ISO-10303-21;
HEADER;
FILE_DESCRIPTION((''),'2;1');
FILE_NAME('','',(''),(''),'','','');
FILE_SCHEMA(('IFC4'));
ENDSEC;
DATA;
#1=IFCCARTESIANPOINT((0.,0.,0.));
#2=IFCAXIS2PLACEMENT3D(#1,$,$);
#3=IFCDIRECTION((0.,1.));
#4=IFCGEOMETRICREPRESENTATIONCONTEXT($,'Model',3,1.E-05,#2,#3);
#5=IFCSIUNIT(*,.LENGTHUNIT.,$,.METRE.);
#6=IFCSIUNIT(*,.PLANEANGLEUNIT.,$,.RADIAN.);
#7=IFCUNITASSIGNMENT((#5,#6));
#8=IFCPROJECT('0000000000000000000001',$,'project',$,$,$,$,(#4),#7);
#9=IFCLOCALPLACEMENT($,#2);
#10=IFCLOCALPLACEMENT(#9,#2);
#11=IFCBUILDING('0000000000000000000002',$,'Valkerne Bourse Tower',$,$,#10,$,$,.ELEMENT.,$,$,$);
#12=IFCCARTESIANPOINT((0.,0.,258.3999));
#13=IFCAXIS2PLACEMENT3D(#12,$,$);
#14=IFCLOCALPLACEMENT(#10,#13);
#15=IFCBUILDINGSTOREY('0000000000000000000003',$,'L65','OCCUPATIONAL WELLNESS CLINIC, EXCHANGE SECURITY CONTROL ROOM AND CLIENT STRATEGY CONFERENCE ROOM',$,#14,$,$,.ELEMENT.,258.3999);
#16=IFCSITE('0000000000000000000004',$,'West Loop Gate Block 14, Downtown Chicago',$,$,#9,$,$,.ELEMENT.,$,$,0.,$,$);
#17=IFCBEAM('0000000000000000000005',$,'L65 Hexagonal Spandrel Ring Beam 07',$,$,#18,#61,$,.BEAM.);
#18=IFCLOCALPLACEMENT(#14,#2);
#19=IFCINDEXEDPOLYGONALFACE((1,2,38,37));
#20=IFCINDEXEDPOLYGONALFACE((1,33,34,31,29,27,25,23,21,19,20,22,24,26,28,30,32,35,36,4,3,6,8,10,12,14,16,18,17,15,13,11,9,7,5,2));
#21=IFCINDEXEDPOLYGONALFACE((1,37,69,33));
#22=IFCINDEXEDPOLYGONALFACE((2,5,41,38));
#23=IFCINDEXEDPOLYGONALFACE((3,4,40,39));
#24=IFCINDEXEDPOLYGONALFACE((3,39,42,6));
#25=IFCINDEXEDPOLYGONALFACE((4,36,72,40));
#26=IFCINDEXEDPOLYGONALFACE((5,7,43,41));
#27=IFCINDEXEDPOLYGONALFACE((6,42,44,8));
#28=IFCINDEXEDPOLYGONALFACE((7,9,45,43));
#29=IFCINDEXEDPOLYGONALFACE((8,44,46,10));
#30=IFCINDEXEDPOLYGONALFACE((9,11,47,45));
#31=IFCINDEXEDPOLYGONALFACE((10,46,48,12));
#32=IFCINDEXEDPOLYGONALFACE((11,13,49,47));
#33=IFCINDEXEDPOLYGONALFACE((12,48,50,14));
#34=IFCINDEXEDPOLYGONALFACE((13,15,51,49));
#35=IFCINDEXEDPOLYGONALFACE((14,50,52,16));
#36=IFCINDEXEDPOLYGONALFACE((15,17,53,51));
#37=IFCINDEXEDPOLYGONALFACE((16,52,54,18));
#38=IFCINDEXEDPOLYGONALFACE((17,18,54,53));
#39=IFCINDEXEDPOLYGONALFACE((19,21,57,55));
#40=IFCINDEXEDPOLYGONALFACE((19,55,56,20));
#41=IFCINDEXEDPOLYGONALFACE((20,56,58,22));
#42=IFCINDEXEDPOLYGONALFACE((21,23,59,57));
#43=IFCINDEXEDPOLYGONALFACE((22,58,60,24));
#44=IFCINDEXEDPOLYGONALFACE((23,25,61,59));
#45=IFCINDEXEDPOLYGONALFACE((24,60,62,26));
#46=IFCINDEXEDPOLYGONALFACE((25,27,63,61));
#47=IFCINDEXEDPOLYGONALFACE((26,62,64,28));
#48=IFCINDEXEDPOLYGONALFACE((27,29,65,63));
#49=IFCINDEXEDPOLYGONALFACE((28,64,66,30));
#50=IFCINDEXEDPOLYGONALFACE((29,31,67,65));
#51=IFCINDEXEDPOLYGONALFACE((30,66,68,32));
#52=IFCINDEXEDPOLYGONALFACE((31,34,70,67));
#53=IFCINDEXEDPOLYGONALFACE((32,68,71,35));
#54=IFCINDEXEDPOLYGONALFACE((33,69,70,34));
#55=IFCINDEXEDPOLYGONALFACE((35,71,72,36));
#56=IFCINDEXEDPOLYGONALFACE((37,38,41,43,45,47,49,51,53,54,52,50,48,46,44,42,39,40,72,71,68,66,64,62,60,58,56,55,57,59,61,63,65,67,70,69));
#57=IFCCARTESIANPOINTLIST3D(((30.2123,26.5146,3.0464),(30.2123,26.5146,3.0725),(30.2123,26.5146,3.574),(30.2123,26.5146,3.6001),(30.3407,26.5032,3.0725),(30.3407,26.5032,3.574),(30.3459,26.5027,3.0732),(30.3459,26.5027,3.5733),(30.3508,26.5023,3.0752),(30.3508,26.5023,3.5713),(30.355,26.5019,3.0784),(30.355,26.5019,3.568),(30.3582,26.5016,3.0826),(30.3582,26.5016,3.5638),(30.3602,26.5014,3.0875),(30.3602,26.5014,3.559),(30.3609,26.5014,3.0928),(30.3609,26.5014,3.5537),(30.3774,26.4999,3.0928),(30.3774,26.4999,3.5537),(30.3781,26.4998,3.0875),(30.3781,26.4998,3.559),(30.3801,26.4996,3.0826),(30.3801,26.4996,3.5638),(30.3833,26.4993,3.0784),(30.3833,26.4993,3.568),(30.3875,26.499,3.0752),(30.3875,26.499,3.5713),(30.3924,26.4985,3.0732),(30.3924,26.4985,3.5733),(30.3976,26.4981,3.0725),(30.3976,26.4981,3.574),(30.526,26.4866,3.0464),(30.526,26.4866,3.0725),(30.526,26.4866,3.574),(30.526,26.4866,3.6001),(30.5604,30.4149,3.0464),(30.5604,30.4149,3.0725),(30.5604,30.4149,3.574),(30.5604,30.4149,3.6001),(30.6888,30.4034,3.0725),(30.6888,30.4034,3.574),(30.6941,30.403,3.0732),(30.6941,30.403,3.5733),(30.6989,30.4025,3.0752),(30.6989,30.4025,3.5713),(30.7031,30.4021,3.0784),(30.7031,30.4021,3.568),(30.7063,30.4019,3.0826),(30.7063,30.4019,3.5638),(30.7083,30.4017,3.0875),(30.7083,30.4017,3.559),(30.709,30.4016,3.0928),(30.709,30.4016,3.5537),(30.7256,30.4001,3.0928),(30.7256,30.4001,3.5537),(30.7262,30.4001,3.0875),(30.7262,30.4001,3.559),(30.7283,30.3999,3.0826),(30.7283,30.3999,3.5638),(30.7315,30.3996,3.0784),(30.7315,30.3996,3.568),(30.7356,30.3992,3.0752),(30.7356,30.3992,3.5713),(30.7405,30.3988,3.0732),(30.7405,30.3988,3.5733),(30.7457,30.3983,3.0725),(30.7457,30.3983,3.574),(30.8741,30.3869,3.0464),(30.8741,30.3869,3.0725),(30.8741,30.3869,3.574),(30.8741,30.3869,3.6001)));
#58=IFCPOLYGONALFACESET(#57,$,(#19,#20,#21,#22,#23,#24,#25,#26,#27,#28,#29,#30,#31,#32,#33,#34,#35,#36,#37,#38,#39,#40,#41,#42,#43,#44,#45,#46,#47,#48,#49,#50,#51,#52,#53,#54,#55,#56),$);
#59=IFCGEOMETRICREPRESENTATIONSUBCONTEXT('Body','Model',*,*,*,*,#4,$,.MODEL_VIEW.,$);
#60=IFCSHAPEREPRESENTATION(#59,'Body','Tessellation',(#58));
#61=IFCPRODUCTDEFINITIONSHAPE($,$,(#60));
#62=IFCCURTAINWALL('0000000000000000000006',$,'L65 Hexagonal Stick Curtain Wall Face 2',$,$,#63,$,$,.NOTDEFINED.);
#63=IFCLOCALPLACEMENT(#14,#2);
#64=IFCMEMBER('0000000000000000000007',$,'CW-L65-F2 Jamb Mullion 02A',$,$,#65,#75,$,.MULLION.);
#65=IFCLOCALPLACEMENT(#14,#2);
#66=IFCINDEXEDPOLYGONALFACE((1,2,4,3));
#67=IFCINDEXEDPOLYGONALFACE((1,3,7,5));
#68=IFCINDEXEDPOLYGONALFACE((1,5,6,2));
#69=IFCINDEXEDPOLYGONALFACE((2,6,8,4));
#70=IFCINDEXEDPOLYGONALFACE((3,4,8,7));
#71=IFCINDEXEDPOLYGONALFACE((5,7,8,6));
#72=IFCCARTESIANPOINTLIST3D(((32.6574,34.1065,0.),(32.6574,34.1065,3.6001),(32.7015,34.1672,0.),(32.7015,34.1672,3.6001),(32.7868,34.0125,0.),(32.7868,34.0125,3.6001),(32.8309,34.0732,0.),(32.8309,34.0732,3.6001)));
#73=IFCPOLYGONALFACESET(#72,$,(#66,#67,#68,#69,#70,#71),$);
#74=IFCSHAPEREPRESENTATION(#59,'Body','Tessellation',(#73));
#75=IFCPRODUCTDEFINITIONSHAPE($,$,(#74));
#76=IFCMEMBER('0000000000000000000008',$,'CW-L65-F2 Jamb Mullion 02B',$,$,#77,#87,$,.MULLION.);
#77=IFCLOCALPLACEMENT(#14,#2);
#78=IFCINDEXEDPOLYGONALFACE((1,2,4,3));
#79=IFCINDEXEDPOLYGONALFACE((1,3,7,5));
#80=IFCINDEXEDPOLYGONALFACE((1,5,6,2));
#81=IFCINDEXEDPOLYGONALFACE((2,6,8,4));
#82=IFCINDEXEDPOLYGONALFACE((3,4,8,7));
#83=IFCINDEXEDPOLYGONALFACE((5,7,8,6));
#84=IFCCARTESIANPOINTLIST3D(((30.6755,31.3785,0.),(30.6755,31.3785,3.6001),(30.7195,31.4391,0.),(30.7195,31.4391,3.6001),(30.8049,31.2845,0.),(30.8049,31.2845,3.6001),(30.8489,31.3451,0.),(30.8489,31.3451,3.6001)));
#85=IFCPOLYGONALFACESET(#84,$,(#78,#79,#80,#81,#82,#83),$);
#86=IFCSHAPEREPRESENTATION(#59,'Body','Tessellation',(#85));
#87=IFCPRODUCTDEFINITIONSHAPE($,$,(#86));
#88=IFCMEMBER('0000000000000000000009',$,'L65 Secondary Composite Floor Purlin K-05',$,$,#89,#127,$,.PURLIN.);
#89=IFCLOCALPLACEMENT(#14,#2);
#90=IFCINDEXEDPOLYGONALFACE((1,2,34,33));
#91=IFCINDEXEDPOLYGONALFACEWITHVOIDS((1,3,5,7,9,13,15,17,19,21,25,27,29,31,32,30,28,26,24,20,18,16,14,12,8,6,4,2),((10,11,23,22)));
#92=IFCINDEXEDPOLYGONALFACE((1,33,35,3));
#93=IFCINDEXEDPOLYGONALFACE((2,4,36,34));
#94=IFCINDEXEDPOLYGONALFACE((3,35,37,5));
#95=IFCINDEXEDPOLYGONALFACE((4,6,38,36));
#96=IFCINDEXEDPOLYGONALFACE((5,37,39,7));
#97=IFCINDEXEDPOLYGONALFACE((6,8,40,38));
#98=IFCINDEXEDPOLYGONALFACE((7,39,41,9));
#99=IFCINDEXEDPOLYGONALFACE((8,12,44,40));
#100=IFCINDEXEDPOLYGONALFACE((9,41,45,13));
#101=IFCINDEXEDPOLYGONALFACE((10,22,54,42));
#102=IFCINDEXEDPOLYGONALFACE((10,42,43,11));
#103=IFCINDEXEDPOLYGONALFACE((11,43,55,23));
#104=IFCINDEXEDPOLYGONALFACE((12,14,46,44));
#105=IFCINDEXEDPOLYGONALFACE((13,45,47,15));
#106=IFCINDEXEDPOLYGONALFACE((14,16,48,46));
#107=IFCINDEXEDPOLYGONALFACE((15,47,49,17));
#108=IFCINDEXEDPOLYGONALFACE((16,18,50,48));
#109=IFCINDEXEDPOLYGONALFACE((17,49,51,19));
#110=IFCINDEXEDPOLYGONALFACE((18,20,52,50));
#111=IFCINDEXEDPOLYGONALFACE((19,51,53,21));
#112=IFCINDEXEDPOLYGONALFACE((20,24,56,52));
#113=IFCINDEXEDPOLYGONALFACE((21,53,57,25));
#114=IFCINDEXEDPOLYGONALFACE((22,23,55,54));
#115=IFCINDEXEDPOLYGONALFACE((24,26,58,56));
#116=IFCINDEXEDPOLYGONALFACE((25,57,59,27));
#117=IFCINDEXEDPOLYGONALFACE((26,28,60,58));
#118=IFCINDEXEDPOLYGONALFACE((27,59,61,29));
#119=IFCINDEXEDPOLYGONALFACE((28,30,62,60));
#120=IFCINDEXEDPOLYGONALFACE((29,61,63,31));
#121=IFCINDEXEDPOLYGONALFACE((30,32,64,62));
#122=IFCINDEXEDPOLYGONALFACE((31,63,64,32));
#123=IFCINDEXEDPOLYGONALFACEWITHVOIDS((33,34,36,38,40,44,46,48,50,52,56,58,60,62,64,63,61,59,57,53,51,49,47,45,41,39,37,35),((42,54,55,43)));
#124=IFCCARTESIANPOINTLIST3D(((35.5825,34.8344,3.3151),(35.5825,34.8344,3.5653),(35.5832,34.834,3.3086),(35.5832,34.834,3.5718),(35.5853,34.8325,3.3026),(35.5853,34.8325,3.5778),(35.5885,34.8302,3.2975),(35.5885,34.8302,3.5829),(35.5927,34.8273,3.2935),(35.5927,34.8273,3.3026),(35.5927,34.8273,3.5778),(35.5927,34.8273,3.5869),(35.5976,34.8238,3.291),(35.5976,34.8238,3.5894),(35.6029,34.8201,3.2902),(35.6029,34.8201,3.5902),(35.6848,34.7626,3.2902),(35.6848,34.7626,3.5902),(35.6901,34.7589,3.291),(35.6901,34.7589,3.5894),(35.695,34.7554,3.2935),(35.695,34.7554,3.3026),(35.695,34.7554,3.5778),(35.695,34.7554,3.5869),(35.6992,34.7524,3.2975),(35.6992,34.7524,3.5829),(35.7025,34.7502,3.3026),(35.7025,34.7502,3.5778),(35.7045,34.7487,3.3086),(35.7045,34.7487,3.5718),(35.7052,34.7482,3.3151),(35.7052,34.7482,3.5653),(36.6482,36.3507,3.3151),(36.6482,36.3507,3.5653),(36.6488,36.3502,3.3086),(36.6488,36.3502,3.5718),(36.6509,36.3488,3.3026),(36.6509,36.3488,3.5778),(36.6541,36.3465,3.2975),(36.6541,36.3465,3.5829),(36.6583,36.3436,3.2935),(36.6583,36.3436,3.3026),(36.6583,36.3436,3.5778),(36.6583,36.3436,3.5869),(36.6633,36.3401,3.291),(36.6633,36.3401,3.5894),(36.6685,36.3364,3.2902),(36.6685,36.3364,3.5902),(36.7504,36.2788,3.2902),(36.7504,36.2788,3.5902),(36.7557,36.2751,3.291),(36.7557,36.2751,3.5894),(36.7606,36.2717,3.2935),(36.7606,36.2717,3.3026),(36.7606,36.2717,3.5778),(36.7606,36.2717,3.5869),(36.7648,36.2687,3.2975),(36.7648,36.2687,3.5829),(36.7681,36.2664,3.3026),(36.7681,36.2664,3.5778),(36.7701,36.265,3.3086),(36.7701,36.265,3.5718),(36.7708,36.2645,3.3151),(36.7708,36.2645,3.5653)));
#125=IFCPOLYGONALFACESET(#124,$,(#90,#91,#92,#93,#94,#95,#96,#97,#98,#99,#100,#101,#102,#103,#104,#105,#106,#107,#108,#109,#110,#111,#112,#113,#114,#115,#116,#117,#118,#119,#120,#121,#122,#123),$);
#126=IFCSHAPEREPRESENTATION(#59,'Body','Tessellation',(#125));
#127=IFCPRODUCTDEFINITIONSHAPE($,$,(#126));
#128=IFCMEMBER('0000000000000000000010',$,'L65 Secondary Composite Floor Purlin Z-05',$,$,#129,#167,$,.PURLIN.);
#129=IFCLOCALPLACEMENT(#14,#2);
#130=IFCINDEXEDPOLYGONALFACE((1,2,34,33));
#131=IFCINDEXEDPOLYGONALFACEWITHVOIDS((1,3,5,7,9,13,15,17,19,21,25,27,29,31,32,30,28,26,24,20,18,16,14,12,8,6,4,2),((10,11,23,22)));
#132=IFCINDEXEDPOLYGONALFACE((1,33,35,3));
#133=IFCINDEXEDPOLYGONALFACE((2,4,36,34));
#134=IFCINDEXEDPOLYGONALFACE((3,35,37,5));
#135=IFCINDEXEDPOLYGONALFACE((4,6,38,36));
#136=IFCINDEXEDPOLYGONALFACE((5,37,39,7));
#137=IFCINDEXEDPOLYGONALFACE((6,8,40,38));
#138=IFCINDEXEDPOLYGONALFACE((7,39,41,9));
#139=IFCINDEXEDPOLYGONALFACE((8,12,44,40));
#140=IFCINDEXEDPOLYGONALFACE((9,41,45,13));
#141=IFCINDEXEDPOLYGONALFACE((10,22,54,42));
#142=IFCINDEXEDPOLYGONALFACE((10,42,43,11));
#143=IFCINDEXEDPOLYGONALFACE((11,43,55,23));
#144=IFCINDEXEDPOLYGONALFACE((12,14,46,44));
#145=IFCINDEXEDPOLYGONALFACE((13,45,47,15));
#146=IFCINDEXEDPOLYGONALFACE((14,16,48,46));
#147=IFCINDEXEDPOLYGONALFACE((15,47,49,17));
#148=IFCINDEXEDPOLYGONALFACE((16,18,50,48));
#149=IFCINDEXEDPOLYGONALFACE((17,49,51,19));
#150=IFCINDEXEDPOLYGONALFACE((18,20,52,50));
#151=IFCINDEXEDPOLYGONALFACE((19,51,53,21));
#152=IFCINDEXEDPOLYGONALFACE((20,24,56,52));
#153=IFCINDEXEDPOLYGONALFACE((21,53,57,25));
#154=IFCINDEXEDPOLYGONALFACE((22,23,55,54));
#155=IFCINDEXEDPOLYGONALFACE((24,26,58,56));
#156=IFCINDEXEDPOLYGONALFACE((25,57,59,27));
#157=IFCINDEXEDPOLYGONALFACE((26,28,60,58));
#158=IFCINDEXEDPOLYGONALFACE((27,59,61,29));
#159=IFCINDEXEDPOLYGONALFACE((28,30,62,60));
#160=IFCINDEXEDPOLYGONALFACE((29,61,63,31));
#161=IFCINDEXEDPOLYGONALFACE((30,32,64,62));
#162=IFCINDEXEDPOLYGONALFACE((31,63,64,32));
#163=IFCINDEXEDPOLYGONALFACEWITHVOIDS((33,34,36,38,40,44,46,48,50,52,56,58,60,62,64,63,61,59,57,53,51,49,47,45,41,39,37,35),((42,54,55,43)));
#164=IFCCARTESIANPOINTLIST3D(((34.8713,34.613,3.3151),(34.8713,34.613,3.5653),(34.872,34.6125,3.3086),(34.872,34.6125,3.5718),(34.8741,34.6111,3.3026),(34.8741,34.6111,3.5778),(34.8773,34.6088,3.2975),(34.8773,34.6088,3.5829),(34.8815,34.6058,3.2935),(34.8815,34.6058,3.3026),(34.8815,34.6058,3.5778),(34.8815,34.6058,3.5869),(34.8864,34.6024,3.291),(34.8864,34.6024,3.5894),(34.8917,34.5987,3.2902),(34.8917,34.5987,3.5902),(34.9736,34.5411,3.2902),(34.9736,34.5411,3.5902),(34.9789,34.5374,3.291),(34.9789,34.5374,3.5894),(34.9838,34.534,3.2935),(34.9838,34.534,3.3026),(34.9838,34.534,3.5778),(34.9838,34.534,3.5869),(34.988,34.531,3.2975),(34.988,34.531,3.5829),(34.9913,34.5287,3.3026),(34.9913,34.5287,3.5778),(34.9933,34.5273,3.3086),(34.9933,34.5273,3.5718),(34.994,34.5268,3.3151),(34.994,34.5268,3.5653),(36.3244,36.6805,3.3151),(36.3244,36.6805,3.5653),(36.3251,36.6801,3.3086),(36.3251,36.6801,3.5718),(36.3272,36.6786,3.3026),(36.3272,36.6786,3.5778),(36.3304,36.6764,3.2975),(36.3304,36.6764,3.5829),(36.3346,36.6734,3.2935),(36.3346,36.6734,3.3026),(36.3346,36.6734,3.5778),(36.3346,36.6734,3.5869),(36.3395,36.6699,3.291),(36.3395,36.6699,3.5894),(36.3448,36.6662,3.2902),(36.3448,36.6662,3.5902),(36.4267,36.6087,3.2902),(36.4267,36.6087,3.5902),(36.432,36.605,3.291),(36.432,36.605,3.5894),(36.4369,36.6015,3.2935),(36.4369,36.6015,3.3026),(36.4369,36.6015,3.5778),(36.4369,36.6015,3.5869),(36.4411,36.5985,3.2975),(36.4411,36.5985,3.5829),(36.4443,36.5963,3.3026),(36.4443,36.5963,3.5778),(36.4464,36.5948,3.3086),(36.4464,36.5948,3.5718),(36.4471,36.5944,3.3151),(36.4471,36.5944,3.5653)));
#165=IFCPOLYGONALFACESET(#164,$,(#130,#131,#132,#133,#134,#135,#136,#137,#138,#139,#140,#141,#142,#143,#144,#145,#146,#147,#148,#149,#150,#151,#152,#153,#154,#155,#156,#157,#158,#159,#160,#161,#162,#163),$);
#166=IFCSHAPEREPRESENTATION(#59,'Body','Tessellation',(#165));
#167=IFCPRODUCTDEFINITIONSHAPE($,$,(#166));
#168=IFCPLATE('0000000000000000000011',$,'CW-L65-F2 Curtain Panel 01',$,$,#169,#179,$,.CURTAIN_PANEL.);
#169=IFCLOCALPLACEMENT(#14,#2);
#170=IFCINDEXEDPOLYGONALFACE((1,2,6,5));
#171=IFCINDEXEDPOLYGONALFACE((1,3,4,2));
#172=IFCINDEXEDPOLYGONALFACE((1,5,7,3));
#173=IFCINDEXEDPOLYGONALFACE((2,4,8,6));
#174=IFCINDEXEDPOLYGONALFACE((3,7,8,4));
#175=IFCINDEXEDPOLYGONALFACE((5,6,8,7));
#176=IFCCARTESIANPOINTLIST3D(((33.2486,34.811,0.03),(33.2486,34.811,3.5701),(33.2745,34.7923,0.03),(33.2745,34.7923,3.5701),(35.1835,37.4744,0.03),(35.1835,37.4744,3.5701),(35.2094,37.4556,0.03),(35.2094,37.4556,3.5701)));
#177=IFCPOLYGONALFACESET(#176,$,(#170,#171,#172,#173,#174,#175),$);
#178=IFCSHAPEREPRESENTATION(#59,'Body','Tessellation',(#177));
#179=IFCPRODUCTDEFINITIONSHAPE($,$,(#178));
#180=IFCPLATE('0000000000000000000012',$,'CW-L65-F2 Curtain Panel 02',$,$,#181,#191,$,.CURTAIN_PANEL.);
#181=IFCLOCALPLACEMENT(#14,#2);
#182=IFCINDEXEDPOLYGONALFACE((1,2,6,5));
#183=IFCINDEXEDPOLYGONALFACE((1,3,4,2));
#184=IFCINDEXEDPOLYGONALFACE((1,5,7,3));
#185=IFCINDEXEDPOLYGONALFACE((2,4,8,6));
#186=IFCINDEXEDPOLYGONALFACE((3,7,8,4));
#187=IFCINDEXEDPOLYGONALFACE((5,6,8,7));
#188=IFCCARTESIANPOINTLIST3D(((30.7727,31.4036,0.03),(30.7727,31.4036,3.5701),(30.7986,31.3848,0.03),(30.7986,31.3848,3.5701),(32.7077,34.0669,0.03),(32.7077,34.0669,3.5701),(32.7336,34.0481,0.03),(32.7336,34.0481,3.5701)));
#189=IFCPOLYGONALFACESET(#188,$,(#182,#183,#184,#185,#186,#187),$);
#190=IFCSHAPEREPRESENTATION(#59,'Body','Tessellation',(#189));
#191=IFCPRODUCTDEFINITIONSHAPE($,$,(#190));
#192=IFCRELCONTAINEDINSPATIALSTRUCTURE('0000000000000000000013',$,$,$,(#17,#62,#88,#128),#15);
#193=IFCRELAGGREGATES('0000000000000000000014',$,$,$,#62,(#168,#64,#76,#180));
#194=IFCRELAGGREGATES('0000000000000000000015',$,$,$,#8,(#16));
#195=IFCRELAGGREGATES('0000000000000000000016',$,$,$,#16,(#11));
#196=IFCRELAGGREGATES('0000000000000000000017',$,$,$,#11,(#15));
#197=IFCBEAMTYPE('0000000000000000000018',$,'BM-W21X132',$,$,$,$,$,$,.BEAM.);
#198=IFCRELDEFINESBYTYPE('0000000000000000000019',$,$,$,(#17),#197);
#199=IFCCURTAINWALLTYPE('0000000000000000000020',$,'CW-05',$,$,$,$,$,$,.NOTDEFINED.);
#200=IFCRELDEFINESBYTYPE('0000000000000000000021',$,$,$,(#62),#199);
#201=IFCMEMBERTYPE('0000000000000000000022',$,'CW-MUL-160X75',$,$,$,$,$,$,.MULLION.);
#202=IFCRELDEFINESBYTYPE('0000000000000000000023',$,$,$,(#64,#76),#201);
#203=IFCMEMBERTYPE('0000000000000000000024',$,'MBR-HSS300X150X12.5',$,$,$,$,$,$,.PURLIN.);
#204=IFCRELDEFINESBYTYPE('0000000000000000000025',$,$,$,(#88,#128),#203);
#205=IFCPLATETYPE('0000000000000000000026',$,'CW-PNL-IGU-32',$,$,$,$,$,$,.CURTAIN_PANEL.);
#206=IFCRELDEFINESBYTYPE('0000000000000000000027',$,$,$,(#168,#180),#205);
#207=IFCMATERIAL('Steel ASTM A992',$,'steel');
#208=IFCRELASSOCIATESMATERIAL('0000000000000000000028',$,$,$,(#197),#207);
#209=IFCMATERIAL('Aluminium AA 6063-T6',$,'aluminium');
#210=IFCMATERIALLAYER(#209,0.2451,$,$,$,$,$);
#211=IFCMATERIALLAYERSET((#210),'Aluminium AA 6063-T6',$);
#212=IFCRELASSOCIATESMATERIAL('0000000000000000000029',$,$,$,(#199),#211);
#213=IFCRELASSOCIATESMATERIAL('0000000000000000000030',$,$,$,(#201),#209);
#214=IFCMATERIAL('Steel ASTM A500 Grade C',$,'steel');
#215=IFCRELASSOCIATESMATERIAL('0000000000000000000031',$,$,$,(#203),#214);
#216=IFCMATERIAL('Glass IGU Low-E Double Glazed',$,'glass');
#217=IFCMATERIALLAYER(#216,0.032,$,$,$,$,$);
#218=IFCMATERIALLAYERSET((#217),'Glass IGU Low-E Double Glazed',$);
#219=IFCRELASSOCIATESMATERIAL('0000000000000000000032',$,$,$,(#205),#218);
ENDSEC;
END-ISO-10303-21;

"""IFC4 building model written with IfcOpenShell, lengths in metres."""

from ifc_helpers import new_model, si_unit, direction, frame, origin, origin_2d, place, context, subcontext, project, spatial, rectangle, hollow_rectangle, i_section, extrude, material, layer, layer_set, material_profile, profile_set, type_object, element, aggregate, save


model = new_model("IFC4")

# Units and contexts
model_context = context("Model", 3, precision=1e-05, world=origin(), true_north=direction((0.0, 1.0)))
body_context = subcontext(model_context, "Body", "Model", "MODEL_VIEW")
ifc_project = project(units=[si_unit("LENGTHUNIT", "METRE"), si_unit("PLANEANGLEUNIT", "RADIAN")], contexts=[model_context])

# Site, building, storey
site_placement = place(None, origin())
site = spatial("IfcSite", under=ifc_project, at=site_placement, Name="West Loop Gate Block 14, Downtown Chicago", CompositionType="ELEMENT", RefElevation=0.0)
building_placement = place(site_placement, origin())
building = spatial("IfcBuilding", under=site, at=building_placement, Name="Valkerne Bourse Tower", CompositionType="ELEMENT")
storey_placement = place(building_placement, frame((0.0, 0.0, 258.3999)))
storey = spatial("IfcBuildingStorey", under=building, at=storey_placement, Name="L65", Description="OCCUPATIONAL WELLNESS CLINIC, EXCHANGE SECURITY CONTROL ROOM AND CLIENT STRATEGY CONFERENCE ROOM", CompositionType="ELEMENT", Elevation=258.3999)

# Beam
ifc_material_1 = material(Name="Steel ASTM A992", Category="steel")
ifc_material_profile_1 = material_profile(ifc_material_1, i_section(OverallWidth=0.3149, OverallDepth=0.5537, WebThickness=0.0166, FlangeThickness=0.0261, FilletRadius=0.0203, at=origin_2d()), Name="W21X132")
ifc_profile_set_1 = profile_set([ifc_material_profile_1], Name="Steel ASTM A992")
beam_type_1 = type_object("IfcBeamType", Name="BM-W21X132", PredefinedType="BEAM", material=ifc_profile_set_1)
beam_1_placement = place(storey_placement, frame((30.7173, 30.4009, 3.3232), z_axis=(-0.088911, -0.99604, 0.0), x_axis=(0.99604, -0.088911, 0.0)))
element("IfcBeam", 1, at=beam_1_placement, inside=storey, type_object=beam_type_1, Name="L65 Hexagonal Spandrel Ring Beam 07", PredefinedType="BEAM", context=body_context, shape_type="SweptSolid", body=[
    extrude(i_section(OverallWidth=0.3149, OverallDepth=0.5537, WebThickness=0.0166, FlangeThickness=0.0261, FilletRadius=0.0203, at=origin_2d()), origin(), (0.0, 0.0, 1.0), 3.9158),
])

# Curtain wall, members
ifc_material_2 = material(Name="Aluminium AA 6063-T6", Category="aluminium")
ifc_layer_1 = layer(ifc_material_2, 0.2451)
ifc_layer_set_1 = layer_set([ifc_layer_1], Name="Aluminium AA 6063-T6")
curtain_wall_type = type_object("IfcCurtainWallType", Name="CW-05", PredefinedType="NOTDEFINED", material=ifc_layer_set_1)
curtain_wall_placement = place(storey_placement, origin())
curtain_wall = element("IfcCurtainWall", 2, at=curtain_wall_placement, inside=storey, type_object=curtain_wall_type, Name="L65 Hexagonal Stick Curtain Wall Face 2", PredefinedType="NOTDEFINED")
ifc_material_profile_2 = material_profile(ifc_material_2, rectangle(XDim=0.075, YDim=0.1599, at=origin_2d()), Name="CWM-75X160")
ifc_profile_set_2 = profile_set([ifc_material_profile_2], Name="Aluminium AA 6063-T6")
member_type_1 = type_object("IfcMemberType", Name="CW-MUL-160X75", PredefinedType="MULLION", material=ifc_profile_set_2)
member_1_placement = place(storey_placement, frame((32.7441, 34.0898, 0.0), z_axis=(0.0, 0.0, 1.0), x_axis=(-0.58779, -0.809013, 0.0)))
member_1 = element("IfcMember", 3, at=member_1_placement, type_object=member_type_1, Name="CW-L65-F2 Jamb Mullion 02A", PredefinedType="MULLION", context=body_context, shape_type="SweptSolid", body=[
    extrude(rectangle(XDim=0.075, YDim=0.1599, at=origin_2d()), origin(), (0.0, 0.0, 1.0), 3.6001),
])
member_2_placement = place(storey_placement, frame((30.7622, 31.3618, 0.0), z_axis=(0.0, 0.0, 1.0), x_axis=(-0.58779, -0.809013, 0.0)))
member_2 = element("IfcMember", 4, at=member_2_placement, type_object=member_type_1, Name="CW-L65-F2 Jamb Mullion 02B", PredefinedType="MULLION", context=body_context, shape_type="SweptSolid", body=[
    extrude(rectangle(XDim=0.075, YDim=0.1599, at=origin_2d()), origin(), (0.0, 0.0, 1.0), 3.6001),
])

# Members
ifc_material_3 = material(Name="Steel ASTM A500 Grade C", Category="steel")
ifc_material_profile_3 = material_profile(ifc_material_3, hollow_rectangle(XDim=0.1499, YDim=0.3, WallThickness=0.0125, OuterFilletRadius=0.0249, at=origin_2d()), Name="HSS300X150X12.5")
ifc_profile_set_3 = profile_set([ifc_material_profile_3], Name="Steel ASTM A500 Grade C")
member_type_2 = type_object("IfcMemberType", Name="MBR-HSS300X150X12.5", PredefinedType="PURLIN", material=ifc_profile_set_3)
member_3_placement = place(storey_placement, frame((36.7095, 36.3076, 3.4402), z_axis=(-0.574991, -0.81816, 0.0), x_axis=(0.81816, -0.574991, 0.0)))
element("IfcMember", 5, at=member_3_placement, inside=storey, type_object=member_type_2, Name="L65 Secondary Composite Floor Purlin K-05", PredefinedType="PURLIN", context=body_context, shape_type="SweptSolid", body=[
    extrude(hollow_rectangle(XDim=0.1499, YDim=0.3, WallThickness=0.0125, OuterFilletRadius=0.0249, at=origin_2d()), origin(), (0.0, 0.0, 1.0), 1.8533),
])
member_4_placement = place(storey_placement, frame((36.3857, 36.6375, 3.4402), z_axis=(-0.574998, -0.818155, 0.0), x_axis=(0.818155, -0.574998, 0.0)))
element("IfcMember", 6, at=member_4_placement, inside=storey, type_object=member_type_2, Name="L65 Secondary Composite Floor Purlin Z-05", PredefinedType="PURLIN", context=body_context, shape_type="SweptSolid", body=[
    extrude(hollow_rectangle(XDim=0.1499, YDim=0.3, WallThickness=0.0125, OuterFilletRadius=0.0249, at=origin_2d()), origin(), (0.0, 0.0, 1.0), 2.5271),
])

# Plates
ifc_material_4 = material(Name="Glass IGU Low-E Double Glazed", Category="glass")
ifc_layer_2 = layer(ifc_material_4, 0.032)
ifc_layer_set_2 = layer_set([ifc_layer_2], Name="Glass IGU Low-E Double Glazed")
plate_type = type_object("IfcPlateType", Name="CW-PNL-IGU-32", PredefinedType="CURTAIN_PANEL", material=ifc_layer_set_2)
plate_1_placement = place(storey_placement, frame((34.229, 36.1333, 0.03), z_axis=(0.0, 0.0, 1.0), x_axis=(-0.587775, -0.809024, 0.0)))
plate_1 = element("IfcPlate", 7, at=plate_1_placement, type_object=plate_type, Name="CW-L65-F2 Curtain Panel 01", PredefinedType="CURTAIN_PANEL", context=body_context, shape_type="SweptSolid", body=[
    extrude(rectangle(XDim=3.292, YDim=0.032, at=origin_2d()), origin(), (0.0, 0.0, 1.0), 3.54),
])
plate_2_placement = place(storey_placement, frame((31.7532, 32.7258, 0.03), z_axis=(0.0, 0.0, 1.0), x_axis=(-0.58779, -0.809013, 0.0)))
plate_2 = element("IfcPlate", 8, at=plate_2_placement, type_object=plate_type, Name="CW-L65-F2 Curtain Panel 02", PredefinedType="CURTAIN_PANEL", context=body_context, shape_type="SweptSolid", body=[
    extrude(rectangle(XDim=3.292, YDim=0.032, at=origin_2d()), origin(), (0.0, 0.0, 1.0), 3.54),
])
aggregate(curtain_wall, [plate_1, member_1, member_2, plate_2])

save(model, "model.ifc")
